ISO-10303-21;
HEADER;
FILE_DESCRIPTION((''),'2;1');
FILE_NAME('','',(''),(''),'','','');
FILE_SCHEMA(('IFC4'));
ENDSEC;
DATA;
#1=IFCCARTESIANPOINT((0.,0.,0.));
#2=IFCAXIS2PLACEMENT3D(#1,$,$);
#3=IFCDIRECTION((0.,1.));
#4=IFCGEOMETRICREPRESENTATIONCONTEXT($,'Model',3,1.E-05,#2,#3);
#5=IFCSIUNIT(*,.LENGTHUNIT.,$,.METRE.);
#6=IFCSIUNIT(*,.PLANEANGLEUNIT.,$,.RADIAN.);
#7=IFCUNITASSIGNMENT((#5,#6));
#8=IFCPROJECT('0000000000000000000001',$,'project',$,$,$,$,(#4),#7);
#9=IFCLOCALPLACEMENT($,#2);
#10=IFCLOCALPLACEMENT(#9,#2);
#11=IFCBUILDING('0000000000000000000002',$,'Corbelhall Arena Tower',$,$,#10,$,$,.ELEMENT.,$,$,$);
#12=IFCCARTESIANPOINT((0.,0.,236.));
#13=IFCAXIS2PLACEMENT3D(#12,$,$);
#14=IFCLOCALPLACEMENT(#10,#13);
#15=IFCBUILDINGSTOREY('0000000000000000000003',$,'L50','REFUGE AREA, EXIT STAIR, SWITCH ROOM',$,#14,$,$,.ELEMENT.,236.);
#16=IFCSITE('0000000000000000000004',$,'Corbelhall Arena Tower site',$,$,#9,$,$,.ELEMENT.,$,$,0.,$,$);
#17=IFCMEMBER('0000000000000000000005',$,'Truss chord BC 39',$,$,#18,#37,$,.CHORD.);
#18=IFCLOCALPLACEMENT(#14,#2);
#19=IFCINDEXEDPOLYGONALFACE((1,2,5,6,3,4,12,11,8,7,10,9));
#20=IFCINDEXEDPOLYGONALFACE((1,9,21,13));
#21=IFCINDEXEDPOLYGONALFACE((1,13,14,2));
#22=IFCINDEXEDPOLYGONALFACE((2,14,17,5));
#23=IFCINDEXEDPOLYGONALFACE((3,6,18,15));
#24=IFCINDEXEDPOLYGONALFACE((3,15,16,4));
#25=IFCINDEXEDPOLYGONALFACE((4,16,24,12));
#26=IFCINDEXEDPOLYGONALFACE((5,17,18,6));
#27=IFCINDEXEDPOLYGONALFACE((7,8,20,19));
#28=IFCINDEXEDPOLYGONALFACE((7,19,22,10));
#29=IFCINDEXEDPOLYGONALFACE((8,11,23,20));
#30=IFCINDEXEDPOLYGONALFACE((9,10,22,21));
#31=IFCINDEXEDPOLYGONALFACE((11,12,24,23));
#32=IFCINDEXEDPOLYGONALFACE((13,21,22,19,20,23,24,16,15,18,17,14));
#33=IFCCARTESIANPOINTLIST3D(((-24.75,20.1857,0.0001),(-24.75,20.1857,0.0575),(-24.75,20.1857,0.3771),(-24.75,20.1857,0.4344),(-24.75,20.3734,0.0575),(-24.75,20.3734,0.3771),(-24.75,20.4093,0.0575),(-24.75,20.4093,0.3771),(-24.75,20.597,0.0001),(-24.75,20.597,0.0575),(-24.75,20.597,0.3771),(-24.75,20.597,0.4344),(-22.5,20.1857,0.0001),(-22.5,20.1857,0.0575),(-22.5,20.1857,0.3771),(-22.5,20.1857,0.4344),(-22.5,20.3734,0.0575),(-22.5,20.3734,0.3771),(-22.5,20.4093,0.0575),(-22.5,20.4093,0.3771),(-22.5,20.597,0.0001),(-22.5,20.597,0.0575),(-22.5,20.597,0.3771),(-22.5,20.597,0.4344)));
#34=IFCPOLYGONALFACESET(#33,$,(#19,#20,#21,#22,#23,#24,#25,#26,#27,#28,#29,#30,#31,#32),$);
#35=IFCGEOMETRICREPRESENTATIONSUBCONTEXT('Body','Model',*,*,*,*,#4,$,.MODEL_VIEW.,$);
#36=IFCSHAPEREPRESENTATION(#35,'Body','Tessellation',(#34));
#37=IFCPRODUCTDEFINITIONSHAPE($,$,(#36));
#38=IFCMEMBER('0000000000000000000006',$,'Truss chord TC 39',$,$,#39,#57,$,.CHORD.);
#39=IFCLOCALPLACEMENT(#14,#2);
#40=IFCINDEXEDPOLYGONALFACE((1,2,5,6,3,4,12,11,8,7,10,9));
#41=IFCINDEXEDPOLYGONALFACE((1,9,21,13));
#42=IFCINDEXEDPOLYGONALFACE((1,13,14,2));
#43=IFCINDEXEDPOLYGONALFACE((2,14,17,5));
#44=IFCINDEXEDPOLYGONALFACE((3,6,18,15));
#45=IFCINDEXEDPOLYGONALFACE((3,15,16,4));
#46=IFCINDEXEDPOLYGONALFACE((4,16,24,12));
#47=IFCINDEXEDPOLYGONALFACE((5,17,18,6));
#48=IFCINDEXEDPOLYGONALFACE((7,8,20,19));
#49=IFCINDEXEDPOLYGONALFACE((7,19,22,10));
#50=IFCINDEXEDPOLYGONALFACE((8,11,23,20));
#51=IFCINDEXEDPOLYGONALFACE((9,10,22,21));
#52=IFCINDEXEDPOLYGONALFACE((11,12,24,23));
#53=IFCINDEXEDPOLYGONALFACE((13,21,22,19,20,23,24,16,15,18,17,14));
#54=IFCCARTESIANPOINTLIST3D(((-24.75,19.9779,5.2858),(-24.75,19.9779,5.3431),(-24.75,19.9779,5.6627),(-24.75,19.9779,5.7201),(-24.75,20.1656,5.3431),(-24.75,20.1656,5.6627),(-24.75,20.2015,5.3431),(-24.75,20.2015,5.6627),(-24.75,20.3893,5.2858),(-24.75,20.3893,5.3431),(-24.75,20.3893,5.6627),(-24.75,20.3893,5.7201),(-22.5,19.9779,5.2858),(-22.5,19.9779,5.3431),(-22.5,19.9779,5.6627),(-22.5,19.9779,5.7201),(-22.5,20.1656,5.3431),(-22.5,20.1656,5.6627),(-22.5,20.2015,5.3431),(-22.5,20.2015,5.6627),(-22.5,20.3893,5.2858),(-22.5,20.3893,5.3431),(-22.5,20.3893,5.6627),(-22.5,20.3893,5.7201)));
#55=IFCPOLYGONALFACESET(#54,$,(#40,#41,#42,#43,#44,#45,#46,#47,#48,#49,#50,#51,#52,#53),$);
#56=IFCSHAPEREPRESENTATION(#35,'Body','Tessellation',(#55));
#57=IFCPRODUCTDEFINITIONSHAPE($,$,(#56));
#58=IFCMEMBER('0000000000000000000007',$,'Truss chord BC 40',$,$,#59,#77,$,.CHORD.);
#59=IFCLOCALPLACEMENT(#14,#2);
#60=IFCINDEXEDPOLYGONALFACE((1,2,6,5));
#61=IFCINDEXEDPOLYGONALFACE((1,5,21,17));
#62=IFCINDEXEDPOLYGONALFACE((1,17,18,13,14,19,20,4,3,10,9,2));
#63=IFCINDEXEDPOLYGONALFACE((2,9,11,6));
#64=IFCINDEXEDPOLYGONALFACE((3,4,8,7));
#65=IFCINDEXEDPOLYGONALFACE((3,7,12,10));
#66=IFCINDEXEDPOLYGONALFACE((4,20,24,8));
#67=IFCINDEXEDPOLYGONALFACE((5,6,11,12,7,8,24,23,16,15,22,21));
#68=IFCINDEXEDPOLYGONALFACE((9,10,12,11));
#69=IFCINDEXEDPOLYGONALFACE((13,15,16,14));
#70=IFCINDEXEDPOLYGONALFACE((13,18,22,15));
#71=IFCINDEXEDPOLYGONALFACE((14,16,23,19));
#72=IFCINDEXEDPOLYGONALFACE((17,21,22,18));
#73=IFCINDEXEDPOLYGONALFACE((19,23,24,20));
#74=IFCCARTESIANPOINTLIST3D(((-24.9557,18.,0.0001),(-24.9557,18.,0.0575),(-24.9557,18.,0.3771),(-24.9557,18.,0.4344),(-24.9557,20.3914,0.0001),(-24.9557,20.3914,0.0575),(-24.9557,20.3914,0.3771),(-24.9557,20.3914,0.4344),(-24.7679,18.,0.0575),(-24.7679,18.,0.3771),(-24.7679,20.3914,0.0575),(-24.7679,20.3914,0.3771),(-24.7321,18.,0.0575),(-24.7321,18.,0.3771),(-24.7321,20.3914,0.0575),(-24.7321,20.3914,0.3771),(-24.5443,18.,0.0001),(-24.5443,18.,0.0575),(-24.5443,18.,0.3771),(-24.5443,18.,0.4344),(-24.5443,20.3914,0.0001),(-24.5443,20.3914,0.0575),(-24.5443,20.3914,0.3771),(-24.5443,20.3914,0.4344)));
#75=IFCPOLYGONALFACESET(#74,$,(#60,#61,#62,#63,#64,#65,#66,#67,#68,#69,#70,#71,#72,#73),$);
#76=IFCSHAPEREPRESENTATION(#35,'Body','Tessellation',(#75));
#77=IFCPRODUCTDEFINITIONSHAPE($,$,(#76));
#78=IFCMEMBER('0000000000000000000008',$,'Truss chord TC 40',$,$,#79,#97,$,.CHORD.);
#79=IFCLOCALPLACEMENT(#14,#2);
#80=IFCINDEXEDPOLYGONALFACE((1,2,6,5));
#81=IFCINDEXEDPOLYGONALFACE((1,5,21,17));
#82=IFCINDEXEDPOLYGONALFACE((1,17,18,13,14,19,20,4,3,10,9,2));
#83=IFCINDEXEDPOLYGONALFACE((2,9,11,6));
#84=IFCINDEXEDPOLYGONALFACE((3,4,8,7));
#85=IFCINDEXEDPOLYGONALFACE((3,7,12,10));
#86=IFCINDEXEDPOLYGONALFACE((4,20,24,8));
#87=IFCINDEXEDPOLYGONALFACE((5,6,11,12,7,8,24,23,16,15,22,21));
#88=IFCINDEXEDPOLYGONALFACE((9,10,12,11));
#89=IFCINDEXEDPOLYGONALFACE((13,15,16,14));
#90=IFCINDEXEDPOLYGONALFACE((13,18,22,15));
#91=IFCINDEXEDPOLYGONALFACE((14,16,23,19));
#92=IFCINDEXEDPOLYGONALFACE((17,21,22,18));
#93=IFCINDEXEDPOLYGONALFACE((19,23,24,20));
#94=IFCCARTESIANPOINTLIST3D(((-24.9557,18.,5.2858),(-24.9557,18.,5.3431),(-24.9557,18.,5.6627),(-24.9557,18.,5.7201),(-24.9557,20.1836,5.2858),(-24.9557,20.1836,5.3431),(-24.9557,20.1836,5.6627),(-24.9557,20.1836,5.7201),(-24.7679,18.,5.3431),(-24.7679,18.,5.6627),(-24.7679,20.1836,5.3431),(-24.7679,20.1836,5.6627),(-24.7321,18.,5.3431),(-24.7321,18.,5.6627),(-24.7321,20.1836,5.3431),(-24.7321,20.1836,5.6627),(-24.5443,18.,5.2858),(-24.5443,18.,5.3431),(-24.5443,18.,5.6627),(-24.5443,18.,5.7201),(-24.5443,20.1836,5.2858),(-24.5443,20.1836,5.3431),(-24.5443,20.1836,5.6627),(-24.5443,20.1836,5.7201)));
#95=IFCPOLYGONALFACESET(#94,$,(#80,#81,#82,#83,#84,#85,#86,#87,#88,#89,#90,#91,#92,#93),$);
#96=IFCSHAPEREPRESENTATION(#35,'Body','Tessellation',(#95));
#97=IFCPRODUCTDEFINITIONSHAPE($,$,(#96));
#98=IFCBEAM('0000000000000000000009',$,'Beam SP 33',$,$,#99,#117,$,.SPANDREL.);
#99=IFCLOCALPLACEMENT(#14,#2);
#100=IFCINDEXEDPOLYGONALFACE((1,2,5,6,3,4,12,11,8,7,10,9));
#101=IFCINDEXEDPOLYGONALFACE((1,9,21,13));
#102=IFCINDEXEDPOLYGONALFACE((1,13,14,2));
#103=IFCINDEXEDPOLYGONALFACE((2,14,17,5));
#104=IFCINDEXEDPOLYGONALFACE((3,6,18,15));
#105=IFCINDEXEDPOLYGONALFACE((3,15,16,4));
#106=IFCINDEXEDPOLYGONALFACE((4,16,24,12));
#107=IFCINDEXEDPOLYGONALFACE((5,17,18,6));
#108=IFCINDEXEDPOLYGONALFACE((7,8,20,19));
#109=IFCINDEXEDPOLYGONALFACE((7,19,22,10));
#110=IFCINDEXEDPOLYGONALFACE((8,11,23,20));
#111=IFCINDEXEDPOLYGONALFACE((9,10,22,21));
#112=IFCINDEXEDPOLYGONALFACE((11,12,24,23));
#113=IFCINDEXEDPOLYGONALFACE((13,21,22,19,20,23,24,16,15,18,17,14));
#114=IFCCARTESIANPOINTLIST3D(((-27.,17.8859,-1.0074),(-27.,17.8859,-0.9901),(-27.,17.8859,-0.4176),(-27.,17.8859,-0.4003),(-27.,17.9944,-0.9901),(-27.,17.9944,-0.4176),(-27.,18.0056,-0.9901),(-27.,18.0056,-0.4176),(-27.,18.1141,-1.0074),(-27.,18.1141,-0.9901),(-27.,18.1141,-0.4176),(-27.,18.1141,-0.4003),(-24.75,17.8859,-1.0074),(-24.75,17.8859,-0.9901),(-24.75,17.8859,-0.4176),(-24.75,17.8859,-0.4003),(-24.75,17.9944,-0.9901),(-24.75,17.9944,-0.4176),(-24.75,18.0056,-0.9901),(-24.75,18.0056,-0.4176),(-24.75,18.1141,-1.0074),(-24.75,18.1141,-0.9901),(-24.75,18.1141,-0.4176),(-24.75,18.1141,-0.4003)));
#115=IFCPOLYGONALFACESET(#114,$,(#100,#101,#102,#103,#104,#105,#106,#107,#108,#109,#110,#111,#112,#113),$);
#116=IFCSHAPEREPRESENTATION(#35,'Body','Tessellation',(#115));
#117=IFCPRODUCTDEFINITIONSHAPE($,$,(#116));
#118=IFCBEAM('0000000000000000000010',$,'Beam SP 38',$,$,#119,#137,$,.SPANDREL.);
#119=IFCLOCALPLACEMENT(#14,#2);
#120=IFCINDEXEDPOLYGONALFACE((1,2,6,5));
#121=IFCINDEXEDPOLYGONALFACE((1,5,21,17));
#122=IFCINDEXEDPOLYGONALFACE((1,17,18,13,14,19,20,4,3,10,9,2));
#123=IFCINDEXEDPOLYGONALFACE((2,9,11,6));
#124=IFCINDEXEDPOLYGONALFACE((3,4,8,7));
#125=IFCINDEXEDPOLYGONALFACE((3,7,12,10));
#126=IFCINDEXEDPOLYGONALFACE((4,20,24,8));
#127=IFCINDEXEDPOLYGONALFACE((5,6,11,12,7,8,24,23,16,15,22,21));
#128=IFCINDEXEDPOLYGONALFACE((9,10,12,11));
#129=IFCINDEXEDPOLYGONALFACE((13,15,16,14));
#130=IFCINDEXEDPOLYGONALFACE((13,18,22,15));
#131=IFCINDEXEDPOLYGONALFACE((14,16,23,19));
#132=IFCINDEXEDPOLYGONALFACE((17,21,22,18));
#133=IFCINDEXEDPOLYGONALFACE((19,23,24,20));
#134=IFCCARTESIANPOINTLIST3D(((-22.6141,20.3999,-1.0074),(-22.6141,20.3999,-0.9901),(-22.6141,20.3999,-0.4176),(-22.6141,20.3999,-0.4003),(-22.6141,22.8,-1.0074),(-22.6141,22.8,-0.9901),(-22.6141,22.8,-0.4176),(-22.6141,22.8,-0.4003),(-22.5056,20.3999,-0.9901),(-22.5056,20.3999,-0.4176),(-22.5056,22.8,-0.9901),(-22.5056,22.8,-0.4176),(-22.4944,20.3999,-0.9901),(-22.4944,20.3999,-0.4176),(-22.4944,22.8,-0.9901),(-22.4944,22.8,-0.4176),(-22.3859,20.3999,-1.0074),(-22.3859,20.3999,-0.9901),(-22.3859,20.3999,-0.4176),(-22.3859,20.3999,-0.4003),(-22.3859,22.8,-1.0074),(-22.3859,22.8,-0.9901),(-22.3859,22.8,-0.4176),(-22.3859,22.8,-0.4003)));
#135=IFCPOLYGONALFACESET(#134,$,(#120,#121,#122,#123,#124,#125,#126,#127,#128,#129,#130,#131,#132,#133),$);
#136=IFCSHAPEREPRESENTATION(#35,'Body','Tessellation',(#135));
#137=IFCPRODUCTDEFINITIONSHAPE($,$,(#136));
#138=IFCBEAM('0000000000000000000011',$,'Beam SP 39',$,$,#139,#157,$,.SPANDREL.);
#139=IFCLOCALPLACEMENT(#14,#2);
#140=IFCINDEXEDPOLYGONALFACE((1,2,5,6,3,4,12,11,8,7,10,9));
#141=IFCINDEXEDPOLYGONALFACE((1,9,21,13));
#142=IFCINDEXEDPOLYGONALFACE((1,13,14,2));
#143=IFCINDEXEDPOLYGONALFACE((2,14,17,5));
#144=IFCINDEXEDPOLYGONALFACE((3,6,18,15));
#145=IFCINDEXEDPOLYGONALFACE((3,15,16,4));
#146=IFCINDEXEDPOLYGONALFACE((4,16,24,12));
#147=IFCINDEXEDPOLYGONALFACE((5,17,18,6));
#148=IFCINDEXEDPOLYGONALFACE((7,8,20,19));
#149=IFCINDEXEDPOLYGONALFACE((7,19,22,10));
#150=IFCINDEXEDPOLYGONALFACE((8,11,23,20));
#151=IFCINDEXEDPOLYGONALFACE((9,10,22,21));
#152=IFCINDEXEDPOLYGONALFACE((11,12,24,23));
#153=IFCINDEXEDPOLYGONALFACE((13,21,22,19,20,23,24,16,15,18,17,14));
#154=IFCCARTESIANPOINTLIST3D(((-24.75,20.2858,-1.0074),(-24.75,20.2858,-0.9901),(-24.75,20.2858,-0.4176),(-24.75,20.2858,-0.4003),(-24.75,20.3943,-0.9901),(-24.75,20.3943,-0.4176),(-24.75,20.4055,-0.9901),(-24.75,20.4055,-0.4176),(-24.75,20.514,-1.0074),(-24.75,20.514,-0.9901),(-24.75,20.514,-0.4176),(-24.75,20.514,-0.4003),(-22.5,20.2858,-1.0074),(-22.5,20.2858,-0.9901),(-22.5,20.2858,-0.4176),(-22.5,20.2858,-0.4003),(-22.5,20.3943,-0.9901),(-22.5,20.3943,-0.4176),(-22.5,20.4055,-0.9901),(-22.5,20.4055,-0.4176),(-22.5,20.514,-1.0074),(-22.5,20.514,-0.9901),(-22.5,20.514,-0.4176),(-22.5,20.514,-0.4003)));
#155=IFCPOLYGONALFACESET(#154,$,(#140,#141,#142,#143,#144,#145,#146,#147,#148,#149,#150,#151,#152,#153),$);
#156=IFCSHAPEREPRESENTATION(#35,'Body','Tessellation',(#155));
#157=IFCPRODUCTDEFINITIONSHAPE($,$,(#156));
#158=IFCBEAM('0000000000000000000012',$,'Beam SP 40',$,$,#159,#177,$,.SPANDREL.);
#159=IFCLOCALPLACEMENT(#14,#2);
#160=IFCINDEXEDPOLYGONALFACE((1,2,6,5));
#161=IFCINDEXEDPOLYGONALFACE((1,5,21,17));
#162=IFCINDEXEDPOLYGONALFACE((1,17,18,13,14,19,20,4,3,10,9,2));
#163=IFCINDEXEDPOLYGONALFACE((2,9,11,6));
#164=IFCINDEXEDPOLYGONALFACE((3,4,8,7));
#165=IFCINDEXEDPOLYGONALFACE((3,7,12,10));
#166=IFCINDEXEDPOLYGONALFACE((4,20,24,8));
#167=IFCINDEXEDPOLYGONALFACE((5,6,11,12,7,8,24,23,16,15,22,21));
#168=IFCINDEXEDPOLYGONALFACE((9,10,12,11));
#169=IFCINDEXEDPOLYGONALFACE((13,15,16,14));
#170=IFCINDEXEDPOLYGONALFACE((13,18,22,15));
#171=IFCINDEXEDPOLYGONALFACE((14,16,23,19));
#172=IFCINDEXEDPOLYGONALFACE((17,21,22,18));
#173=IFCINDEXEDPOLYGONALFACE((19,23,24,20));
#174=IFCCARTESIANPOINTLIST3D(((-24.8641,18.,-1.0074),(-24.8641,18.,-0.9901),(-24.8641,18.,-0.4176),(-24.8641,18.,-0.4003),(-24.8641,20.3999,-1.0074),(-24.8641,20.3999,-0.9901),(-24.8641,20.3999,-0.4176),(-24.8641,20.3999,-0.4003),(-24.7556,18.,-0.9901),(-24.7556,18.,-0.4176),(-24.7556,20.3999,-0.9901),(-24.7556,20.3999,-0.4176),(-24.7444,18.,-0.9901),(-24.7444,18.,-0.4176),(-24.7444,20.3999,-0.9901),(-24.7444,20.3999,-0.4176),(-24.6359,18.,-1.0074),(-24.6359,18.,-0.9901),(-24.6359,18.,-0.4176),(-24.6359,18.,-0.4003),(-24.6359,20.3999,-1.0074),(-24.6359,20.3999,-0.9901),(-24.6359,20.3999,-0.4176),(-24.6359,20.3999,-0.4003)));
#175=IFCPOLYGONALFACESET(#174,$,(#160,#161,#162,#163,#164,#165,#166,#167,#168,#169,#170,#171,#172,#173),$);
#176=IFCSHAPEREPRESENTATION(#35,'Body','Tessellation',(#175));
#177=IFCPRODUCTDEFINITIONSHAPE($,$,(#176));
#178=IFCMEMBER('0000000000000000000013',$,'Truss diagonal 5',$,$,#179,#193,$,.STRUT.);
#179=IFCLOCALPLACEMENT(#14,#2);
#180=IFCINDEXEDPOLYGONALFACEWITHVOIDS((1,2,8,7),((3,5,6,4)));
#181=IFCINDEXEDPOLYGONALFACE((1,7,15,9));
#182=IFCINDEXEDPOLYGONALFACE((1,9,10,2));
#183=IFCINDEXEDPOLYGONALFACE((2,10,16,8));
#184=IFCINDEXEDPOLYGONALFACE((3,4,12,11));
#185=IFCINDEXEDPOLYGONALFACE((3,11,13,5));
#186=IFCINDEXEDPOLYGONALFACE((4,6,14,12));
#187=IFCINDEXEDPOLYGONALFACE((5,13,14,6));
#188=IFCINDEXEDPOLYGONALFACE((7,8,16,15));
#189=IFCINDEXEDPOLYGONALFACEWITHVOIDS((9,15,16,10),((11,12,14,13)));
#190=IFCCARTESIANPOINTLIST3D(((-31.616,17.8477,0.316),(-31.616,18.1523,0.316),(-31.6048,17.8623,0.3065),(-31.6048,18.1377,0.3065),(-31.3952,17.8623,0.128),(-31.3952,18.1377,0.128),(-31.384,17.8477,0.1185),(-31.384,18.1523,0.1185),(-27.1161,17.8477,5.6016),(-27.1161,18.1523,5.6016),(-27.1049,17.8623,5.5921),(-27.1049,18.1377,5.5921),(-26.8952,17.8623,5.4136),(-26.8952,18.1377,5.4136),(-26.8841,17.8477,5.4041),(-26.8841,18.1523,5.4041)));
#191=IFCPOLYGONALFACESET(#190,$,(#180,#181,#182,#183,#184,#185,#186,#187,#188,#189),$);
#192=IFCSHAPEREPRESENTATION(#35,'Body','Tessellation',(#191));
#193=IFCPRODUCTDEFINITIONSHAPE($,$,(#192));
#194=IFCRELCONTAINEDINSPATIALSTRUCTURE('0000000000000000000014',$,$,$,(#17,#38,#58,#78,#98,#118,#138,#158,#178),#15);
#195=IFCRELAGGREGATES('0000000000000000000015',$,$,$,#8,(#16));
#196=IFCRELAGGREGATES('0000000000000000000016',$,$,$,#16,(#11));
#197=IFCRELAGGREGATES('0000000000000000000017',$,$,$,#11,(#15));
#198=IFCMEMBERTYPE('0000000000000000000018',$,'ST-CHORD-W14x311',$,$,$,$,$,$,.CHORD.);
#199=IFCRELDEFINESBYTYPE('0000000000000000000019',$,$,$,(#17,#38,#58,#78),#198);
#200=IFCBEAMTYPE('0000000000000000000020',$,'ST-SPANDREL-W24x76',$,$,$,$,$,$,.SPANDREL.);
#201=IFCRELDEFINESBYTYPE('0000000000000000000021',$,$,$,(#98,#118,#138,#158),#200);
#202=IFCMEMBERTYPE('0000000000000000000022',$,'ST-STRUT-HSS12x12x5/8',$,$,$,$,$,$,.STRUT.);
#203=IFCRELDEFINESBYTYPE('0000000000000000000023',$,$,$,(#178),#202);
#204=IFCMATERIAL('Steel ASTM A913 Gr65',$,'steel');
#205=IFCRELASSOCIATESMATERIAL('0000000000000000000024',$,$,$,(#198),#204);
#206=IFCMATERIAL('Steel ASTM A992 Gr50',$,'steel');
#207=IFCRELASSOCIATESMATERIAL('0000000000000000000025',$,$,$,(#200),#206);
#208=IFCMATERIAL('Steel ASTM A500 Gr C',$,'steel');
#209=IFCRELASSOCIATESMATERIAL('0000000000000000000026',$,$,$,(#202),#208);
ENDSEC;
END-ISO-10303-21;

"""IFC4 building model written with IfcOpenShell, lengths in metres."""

from ifc_helpers import new_model, si_unit, direction, frame, origin, origin_2d, place, context, subcontext, project, spatial, hollow_rectangle, i_section, extrude, material, material_profile, profile_set, type_object, element, save


model = new_model("IFC4")

# Units and contexts
model_context = context("Model", 3, precision=1e-05, world=origin(), true_north=direction((0.0, 1.0)))
body_context = subcontext(model_context, "Body", "Model", "MODEL_VIEW")
ifc_project = project(units=[si_unit("LENGTHUNIT", "METRE"), si_unit("PLANEANGLEUNIT", "RADIAN")], contexts=[model_context])

# Site, building, storey
site_placement = place(None, origin())
site = spatial("IfcSite", under=ifc_project, at=site_placement, Name="Corbelhall Arena Tower site", CompositionType="ELEMENT", RefElevation=0.0)
building_placement = place(site_placement, origin())
building = spatial("IfcBuilding", under=site, at=building_placement, Name="Corbelhall Arena Tower", CompositionType="ELEMENT")
storey_placement = place(building_placement, frame((0.0, 0.0, 236.0)))
storey = spatial("IfcBuildingStorey", under=building, at=storey_placement, Name="L50", Description="REFUGE AREA, EXIT STAIR, SWITCH ROOM", CompositionType="ELEMENT", Elevation=236.0)

# Members
ifc_material_1 = material(Name="Steel ASTM A913 Gr65", Category="steel")
ifc_material_profile_1 = material_profile(ifc_material_1, i_section(OverallWidth=0.4114, OverallDepth=0.4343, WebThickness=0.0359, FlangeThickness=0.0574, at=origin_2d()))
ifc_profile_set_1 = profile_set([ifc_material_profile_1], Name="Steel ASTM A913 Gr65")
member_type_1 = type_object("IfcMemberType", Name="ST-CHORD-W14x311", PredefinedType="CHORD", material=ifc_profile_set_1)
for number, where, z_axis, x_axis, name in (
    (1, (-24.75, 20.3914, 0.2173), (1.0, 0.0, 0.0), (0.0, 1.0, 0.0), "Truss chord BC 39"),
    (2, (-24.75, 20.1836, 5.5029), (1.0, 0.0, 0.0), (0.0, 1.0, 0.0), "Truss chord TC 39"),
):
    element("IfcMember", number, at=place(storey_placement, frame(where, z_axis=z_axis, x_axis=x_axis)), inside=storey, type_object=member_type_1, Name=name, PredefinedType="CHORD", context=body_context, shape_type="SweptSolid", body=[
        extrude(i_section(OverallWidth=0.4114, OverallDepth=0.4343, WebThickness=0.0359, FlangeThickness=0.0574, at=origin_2d()), origin(), (0.0, 0.0, 1.0), 2.25),
    ])
member_1_placement = place(storey_placement, frame((-24.75, 18.0, 0.2173), z_axis=(0.0, 1.0, 0.0), x_axis=(-1.0, 0.0, 0.0)))
element("IfcMember", 3, at=member_1_placement, inside=storey, type_object=member_type_1, Name="Truss chord BC 40", PredefinedType="CHORD", context=body_context, shape_type="SweptSolid", body=[
    extrude(i_section(OverallWidth=0.4114, OverallDepth=0.4343, WebThickness=0.0359, FlangeThickness=0.0574, at=origin_2d()), origin(), (0.0, 0.0, 1.0), 2.3914),
])
member_2_placement = place(storey_placement, frame((-24.75, 18.0, 5.5029), z_axis=(0.0, 1.0, 0.0), x_axis=(-1.0, 0.0, 0.0)))
element("IfcMember", 4, at=member_2_placement, inside=storey, type_object=member_type_1, Name="Truss chord TC 40", PredefinedType="CHORD", context=body_context, shape_type="SweptSolid", body=[
    extrude(i_section(OverallWidth=0.4114, OverallDepth=0.4343, WebThickness=0.0359, FlangeThickness=0.0574, at=origin_2d()), origin(), (0.0, 0.0, 1.0), 2.1836),
])

# Beams
ifc_material_2 = material(Name="Steel ASTM A992 Gr50", Category="steel")
ifc_material_profile_2 = material_profile(ifc_material_2, i_section(OverallWidth=0.2283, OverallDepth=0.6072, WebThickness=0.0112, FlangeThickness=0.0173, at=origin_2d()))
ifc_profile_set_2 = profile_set([ifc_material_profile_2], Name="Steel ASTM A992 Gr50")
beam_type = type_object("IfcBeamType", Name="ST-SPANDREL-W24x76", PredefinedType="SPANDREL", material=ifc_profile_set_2)
beam_1_placement = place(storey_placement, frame((-27.0, 18.0, -0.7039), z_axis=(1.0, 0.0, 0.0), x_axis=(0.0, 1.0, 0.0)))
element("IfcBeam", 5, at=beam_1_placement, inside=storey, type_object=beam_type, Name="Beam SP 33", PredefinedType="SPANDREL", context=body_context, shape_type="SweptSolid", body=[
    extrude(i_section(OverallWidth=0.2283, OverallDepth=0.6072, WebThickness=0.0112, FlangeThickness=0.0173, at=origin_2d()), origin(), (0.0, 0.0, 1.0), 2.25),
])
beam_2_placement = place(storey_placement, frame((-22.5, 20.3999, -0.7039), z_axis=(0.0, 1.0, 0.0), x_axis=(-1.0, 0.0, 0.0)))
element("IfcBeam", 6, at=beam_2_placement, inside=storey, type_object=beam_type, Name="Beam SP 38", PredefinedType="SPANDREL", context=body_context, shape_type="SweptSolid", body=[
    extrude(i_section(OverallWidth=0.2283, OverallDepth=0.6072, WebThickness=0.0112, FlangeThickness=0.0173, at=origin_2d()), origin(), (0.0, 0.0, 1.0), 2.4001),
])
beam_3_placement = place(storey_placement, frame((-24.75, 20.3999, -0.7039), z_axis=(1.0, 0.0, 0.0), x_axis=(0.0, 1.0, 0.0)))
element("IfcBeam", 7, at=beam_3_placement, inside=storey, type_object=beam_type, Name="Beam SP 39", PredefinedType="SPANDREL", context=body_context, shape_type="SweptSolid", body=[
    extrude(i_section(OverallWidth=0.2283, OverallDepth=0.6072, WebThickness=0.0112, FlangeThickness=0.0173, at=origin_2d()), origin(), (0.0, 0.0, 1.0), 2.25),
])
beam_4_placement = place(storey_placement, frame((-24.75, 18.0, -0.7039), z_axis=(0.0, 1.0, 0.0), x_axis=(-1.0, 0.0, 0.0)))
element("IfcBeam", 8, at=beam_4_placement, inside=storey, type_object=beam_type, Name="Beam SP 40", PredefinedType="SPANDREL", context=body_context, shape_type="SweptSolid", body=[
    extrude(i_section(OverallWidth=0.2283, OverallDepth=0.6072, WebThickness=0.0112, FlangeThickness=0.0173, at=origin_2d()), origin(), (0.0, 0.0, 1.0), 2.3999),
])

# Member
ifc_material_3 = material(Name="Steel ASTM A500 Gr C", Category="steel")
ifc_material_profile_3 = material_profile(ifc_material_3, hollow_rectangle(XDim=0.3047, YDim=0.3047, WallThickness=0.0146, at=origin_2d()))
ifc_profile_set_3 = profile_set([ifc_material_profile_3], Name="Steel ASTM A500 Gr C")
member_type_2 = type_object("IfcMemberType", Name="ST-STRUT-HSS12x12x5/8", PredefinedType="STRUT", material=ifc_profile_set_3)
for number, where, z_axis, x_axis, name in (
    (9, (-31.5, 18.0, 0.2173), (0.648251, 0.0, 0.761427), (0.0, 1.0, 0.0), "Truss diagonal 5"),
):
    element("IfcMember", number, at=place(storey_placement, frame(where, z_axis=z_axis, x_axis=x_axis)), inside=storey, type_object=member_type_2, Name=name, PredefinedType="STRUT", context=body_context, shape_type="SweptSolid", body=[
        extrude(hollow_rectangle(XDim=0.3047, YDim=0.3047, WallThickness=0.0146, at=origin_2d()), origin(), (0.0, 0.0, 1.0), 6.9417),
    ])

save(model, "model.ifc")
